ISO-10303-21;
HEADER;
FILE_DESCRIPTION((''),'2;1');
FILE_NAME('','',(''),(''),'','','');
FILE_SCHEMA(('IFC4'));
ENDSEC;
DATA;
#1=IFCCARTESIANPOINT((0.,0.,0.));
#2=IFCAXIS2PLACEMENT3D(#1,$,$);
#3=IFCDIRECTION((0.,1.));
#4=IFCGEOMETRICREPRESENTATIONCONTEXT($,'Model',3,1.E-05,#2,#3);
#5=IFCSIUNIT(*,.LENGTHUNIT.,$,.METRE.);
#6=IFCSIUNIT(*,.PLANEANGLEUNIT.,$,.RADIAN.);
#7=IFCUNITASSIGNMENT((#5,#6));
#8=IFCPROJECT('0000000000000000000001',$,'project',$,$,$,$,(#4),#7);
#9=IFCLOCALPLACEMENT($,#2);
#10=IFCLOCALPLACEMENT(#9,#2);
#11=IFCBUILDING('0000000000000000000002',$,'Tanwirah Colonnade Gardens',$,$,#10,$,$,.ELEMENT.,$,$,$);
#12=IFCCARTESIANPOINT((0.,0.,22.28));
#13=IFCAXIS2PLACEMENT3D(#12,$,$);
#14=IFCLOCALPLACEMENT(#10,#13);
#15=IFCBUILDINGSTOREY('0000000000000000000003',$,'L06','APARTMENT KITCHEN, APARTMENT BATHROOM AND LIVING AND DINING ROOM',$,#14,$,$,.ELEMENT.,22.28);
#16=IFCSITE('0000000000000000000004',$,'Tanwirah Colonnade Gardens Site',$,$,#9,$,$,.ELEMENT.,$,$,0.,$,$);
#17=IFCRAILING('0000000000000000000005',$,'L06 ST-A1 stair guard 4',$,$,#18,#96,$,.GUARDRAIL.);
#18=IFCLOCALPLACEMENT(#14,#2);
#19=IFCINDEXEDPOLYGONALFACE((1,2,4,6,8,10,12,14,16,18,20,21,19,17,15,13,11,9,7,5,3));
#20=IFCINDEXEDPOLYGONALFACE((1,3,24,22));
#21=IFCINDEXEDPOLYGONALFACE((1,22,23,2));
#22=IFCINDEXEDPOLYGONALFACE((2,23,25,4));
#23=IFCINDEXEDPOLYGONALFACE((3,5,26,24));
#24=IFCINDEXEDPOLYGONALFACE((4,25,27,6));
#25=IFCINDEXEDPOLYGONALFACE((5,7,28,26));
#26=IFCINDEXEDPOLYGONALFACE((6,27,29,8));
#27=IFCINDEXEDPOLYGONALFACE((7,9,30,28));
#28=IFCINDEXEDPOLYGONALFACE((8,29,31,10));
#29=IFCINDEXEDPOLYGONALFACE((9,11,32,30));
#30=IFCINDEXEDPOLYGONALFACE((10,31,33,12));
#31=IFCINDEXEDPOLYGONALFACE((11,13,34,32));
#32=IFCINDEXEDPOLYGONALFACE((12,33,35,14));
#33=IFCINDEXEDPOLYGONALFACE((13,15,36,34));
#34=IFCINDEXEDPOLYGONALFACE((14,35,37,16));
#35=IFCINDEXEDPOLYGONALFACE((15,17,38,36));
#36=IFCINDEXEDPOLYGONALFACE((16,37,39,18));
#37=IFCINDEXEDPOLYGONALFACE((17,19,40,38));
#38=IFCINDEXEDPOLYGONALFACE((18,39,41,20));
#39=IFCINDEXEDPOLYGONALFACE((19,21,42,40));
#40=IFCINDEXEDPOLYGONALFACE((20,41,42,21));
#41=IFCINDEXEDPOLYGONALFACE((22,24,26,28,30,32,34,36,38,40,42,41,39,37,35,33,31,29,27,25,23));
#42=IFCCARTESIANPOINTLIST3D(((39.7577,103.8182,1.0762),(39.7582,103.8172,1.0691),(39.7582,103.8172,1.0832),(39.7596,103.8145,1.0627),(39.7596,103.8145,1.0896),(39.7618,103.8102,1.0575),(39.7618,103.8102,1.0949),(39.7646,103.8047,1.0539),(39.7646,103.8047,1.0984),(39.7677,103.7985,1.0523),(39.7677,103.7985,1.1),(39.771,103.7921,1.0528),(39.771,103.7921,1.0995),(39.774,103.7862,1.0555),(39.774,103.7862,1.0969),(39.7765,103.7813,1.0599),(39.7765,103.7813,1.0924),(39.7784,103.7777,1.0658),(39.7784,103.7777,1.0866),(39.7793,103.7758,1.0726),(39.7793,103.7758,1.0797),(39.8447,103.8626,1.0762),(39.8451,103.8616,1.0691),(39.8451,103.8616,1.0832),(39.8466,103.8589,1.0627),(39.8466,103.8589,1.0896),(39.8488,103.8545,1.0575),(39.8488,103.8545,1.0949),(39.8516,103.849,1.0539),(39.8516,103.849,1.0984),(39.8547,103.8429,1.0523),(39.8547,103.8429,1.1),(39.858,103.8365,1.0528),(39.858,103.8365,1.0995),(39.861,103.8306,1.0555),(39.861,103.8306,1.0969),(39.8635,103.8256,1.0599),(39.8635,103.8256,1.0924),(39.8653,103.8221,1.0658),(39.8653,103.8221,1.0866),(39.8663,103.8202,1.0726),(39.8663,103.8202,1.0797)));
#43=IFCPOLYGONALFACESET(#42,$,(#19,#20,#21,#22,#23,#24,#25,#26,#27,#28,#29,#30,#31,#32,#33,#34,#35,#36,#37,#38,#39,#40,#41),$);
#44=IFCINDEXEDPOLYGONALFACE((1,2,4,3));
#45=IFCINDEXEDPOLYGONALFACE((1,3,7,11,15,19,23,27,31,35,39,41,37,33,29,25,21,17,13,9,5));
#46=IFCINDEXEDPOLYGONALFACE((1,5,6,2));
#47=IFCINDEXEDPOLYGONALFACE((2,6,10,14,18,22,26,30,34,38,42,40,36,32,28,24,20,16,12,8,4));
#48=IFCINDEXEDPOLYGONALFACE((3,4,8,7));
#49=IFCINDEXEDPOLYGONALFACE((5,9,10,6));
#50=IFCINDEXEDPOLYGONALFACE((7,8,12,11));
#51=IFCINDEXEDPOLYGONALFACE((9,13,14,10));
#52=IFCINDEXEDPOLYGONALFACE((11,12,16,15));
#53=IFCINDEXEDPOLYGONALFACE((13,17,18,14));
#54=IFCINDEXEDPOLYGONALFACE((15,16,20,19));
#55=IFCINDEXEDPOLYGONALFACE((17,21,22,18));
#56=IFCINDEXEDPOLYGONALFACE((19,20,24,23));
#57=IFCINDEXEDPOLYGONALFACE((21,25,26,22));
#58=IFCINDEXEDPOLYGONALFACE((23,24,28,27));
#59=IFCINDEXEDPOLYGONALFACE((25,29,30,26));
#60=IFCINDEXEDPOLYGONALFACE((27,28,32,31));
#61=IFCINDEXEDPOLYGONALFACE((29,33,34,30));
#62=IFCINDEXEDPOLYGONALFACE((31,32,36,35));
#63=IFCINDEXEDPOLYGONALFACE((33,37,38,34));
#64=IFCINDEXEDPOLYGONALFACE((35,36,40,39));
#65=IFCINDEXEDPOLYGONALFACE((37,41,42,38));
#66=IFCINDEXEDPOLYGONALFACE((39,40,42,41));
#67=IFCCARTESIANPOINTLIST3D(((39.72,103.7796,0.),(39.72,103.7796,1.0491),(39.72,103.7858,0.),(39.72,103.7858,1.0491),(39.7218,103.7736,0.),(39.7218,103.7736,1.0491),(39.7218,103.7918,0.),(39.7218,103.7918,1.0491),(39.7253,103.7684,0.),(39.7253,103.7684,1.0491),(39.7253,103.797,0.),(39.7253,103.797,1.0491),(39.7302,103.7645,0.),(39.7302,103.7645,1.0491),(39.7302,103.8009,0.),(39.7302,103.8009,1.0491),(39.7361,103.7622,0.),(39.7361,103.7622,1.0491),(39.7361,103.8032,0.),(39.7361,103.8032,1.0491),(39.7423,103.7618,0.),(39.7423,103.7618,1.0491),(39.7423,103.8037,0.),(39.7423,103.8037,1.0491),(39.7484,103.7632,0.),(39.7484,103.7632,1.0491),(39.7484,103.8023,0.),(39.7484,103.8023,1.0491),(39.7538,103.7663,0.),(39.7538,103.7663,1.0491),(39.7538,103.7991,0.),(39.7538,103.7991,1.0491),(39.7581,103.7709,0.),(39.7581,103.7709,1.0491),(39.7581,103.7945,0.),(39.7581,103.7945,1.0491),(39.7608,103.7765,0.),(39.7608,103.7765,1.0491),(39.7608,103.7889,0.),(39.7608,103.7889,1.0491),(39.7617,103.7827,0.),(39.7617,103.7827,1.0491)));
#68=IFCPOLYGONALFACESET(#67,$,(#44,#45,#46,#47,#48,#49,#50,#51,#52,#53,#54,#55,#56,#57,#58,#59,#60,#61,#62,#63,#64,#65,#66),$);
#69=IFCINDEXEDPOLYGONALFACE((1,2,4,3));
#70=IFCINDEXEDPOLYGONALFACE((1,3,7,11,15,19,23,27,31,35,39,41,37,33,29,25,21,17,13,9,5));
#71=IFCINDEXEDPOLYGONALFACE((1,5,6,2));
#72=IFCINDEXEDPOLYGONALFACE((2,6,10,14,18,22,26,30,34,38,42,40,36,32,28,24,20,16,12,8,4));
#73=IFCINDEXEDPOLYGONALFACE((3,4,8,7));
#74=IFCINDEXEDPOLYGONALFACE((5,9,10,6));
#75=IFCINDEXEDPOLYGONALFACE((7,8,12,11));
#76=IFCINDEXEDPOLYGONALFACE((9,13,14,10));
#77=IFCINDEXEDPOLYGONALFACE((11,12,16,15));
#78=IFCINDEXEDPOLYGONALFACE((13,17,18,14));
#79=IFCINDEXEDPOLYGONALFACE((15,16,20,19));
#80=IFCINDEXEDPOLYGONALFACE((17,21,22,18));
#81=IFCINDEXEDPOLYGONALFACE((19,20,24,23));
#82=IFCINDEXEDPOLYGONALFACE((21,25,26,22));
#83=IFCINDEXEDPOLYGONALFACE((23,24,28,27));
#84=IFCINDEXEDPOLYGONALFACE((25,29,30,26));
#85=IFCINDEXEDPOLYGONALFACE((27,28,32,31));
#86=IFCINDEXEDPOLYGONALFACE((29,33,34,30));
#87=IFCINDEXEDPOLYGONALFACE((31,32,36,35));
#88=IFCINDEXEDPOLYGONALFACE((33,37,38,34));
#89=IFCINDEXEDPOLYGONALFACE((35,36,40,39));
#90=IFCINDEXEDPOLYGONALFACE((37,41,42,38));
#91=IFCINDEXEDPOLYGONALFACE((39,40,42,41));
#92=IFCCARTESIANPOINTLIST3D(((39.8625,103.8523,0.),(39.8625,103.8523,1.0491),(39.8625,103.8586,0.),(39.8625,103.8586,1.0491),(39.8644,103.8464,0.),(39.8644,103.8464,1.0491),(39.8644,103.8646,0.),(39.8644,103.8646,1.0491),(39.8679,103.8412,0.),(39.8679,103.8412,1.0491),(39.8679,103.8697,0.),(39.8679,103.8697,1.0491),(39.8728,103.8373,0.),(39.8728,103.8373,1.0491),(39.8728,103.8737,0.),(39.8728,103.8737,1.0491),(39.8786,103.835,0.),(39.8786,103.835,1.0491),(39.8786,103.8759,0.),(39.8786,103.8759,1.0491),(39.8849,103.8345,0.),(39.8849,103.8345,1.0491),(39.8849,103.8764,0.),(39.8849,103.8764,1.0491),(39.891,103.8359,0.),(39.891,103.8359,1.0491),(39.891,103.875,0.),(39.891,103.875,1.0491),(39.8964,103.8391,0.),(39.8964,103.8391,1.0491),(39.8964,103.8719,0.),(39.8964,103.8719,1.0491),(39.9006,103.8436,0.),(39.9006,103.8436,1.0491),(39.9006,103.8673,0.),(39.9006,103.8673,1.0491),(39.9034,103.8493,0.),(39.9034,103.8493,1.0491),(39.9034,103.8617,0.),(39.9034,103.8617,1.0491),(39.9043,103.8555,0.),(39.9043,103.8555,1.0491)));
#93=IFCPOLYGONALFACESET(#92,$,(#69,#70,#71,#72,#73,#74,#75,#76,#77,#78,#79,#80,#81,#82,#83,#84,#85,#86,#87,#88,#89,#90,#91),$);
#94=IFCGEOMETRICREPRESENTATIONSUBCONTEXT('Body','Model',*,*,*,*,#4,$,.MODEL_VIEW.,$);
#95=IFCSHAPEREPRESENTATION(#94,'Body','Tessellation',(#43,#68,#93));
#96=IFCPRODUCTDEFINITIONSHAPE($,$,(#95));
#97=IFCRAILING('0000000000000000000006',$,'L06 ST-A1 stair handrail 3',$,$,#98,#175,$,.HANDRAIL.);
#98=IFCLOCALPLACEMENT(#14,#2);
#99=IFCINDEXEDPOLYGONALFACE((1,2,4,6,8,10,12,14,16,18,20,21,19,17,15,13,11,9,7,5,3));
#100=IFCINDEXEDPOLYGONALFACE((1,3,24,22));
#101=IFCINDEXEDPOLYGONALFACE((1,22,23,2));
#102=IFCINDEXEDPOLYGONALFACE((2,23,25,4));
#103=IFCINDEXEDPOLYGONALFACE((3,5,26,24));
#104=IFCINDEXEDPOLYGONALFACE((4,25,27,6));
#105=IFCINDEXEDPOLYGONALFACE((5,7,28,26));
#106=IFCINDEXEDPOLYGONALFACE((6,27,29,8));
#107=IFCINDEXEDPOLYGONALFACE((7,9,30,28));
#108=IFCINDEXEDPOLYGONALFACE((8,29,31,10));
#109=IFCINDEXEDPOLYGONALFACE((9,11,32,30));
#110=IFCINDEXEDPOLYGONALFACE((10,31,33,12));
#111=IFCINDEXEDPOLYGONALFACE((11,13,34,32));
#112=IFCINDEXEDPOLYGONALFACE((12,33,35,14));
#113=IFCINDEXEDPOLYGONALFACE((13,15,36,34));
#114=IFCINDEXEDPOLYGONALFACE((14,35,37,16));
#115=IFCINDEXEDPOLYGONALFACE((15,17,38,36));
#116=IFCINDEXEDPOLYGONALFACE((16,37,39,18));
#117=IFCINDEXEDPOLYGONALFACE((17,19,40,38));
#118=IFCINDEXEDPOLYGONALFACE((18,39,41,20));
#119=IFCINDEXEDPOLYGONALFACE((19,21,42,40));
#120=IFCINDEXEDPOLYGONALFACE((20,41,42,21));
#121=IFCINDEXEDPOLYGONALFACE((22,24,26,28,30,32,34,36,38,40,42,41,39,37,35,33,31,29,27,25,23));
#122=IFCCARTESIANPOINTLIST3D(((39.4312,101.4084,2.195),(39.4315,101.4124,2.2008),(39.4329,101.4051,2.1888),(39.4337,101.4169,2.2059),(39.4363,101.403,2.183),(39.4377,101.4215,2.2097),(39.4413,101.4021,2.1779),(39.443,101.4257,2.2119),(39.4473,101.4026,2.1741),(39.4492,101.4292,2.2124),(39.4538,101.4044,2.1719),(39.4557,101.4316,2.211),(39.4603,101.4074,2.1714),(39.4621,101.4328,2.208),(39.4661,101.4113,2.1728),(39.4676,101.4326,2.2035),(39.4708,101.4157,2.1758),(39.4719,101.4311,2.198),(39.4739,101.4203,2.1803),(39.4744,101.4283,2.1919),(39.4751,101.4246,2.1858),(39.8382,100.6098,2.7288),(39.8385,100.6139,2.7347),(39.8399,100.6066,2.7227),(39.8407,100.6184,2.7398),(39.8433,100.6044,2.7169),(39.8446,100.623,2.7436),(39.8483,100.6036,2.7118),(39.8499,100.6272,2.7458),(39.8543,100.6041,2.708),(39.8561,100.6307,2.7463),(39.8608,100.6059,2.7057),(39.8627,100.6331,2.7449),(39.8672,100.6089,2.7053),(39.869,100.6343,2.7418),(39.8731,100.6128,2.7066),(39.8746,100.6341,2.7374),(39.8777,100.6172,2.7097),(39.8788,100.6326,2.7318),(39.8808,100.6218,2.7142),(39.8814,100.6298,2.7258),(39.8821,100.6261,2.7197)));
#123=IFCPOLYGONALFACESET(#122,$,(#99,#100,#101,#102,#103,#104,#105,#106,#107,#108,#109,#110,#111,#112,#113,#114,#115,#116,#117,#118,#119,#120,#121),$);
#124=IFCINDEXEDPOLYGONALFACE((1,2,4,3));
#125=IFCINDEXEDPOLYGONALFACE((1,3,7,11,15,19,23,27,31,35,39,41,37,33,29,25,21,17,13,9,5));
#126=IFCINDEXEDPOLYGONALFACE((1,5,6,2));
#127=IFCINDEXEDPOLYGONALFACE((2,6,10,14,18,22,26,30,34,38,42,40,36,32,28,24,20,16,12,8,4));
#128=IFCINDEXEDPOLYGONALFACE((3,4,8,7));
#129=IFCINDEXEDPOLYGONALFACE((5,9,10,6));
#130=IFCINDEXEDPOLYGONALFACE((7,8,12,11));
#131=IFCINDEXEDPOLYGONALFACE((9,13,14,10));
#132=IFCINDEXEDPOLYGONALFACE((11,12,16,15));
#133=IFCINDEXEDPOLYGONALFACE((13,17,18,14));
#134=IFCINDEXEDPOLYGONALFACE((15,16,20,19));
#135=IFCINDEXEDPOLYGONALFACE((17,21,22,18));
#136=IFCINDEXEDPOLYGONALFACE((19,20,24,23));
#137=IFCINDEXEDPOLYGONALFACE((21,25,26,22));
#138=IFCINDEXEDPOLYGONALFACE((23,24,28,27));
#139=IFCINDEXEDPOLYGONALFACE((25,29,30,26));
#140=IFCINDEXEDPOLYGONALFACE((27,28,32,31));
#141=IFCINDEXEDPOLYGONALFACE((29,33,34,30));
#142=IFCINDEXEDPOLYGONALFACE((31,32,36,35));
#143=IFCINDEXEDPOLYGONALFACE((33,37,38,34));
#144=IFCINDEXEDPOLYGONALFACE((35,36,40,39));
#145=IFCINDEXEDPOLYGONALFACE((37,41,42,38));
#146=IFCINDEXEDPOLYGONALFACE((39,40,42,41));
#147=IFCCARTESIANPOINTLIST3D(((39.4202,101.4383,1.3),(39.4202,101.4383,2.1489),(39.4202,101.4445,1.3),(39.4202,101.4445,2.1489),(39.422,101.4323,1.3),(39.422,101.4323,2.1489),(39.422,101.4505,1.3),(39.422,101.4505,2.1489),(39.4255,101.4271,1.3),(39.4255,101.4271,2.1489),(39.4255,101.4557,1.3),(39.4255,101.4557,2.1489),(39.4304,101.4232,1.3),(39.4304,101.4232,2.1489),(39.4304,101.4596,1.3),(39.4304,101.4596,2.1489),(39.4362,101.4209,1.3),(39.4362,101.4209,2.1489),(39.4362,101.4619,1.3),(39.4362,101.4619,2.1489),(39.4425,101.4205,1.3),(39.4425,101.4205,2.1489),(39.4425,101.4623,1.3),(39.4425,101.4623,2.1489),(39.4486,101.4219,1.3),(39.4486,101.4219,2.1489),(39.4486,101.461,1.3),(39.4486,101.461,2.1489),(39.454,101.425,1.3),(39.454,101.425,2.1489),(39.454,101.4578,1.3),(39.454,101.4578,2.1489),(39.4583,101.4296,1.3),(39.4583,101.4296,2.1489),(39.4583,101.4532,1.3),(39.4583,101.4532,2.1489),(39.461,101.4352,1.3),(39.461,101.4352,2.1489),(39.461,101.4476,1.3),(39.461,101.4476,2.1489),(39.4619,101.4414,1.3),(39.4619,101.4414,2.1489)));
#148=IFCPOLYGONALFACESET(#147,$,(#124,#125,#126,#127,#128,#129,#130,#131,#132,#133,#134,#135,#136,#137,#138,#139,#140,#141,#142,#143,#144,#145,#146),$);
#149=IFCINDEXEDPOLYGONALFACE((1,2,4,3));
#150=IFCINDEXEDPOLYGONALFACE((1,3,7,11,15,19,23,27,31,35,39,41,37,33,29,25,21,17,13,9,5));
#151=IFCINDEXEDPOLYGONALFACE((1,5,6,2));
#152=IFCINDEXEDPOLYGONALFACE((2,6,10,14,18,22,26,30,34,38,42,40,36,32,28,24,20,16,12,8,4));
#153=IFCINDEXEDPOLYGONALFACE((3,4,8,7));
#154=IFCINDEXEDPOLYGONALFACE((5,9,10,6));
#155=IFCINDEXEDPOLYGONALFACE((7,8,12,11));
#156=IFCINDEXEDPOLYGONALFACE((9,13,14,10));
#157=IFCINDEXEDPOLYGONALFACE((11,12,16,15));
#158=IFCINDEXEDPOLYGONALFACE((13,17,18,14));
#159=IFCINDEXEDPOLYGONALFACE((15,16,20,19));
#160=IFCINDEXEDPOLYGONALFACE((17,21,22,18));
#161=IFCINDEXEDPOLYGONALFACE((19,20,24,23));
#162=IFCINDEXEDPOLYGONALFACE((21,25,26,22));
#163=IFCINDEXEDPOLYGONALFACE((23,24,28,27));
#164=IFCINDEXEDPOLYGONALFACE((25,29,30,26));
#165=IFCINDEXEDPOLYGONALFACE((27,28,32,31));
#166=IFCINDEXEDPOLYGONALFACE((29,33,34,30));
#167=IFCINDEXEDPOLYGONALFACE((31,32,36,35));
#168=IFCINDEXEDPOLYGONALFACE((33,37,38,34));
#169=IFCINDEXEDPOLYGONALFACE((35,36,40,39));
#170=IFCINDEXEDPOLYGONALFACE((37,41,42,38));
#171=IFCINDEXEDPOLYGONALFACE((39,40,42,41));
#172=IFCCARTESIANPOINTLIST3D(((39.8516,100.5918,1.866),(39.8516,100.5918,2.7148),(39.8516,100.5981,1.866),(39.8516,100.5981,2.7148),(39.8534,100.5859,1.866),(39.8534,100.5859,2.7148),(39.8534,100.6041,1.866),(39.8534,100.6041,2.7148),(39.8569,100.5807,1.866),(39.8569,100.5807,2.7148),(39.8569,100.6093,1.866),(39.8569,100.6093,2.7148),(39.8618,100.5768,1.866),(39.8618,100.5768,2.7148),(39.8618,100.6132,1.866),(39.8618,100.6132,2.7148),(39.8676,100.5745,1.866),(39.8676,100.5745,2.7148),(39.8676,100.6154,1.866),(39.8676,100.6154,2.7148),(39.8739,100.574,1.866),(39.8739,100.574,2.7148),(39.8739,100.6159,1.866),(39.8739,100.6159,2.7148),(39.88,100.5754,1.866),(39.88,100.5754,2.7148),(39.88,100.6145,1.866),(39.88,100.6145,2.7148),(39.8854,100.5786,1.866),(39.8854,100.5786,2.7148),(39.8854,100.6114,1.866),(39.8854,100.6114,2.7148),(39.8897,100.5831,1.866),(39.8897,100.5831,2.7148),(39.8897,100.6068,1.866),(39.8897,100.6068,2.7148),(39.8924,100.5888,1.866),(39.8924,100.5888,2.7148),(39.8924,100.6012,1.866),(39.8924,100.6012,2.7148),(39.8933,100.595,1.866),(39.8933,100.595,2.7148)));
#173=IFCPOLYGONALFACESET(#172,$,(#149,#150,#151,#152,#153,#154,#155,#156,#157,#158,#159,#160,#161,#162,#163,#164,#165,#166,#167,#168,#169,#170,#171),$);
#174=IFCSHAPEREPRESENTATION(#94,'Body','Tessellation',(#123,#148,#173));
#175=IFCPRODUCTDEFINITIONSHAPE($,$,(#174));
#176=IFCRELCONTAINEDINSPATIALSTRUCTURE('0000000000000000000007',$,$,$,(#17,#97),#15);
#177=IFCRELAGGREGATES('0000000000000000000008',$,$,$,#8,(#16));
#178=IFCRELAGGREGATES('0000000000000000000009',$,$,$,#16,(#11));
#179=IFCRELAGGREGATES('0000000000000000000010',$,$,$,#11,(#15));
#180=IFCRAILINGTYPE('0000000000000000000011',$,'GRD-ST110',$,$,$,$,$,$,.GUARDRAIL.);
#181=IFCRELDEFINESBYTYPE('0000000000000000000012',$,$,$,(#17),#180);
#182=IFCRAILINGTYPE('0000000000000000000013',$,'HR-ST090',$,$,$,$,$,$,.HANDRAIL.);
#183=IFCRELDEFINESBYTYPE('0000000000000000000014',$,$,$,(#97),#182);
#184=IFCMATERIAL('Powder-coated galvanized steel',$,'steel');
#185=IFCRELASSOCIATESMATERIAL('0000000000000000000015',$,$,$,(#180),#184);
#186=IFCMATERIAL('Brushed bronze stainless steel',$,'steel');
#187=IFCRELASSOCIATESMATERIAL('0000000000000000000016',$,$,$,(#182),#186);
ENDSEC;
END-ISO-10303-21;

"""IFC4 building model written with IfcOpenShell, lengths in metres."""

from ifc_helpers import new_model, si_unit, direction, frame, origin, origin_2d, place, context, subcontext, project, spatial, circle, extrude, material, type_object, element, save


model = new_model("IFC4")

# Units and contexts
model_context = context("Model", 3, precision=1e-05, world=origin(), true_north=direction((0.0, 1.0)))
body_context = subcontext(model_context, "Body", "Model", "MODEL_VIEW")
ifc_project = project(units=[si_unit("LENGTHUNIT", "METRE"), si_unit("PLANEANGLEUNIT", "RADIAN")], contexts=[model_context])

# Site, building, storey
site_placement = place(None, origin())
site = spatial("IfcSite", under=ifc_project, at=site_placement, Name="Tanwirah Colonnade Gardens Site", CompositionType="ELEMENT", RefElevation=0.0)
building_placement = place(site_placement, origin())
building = spatial("IfcBuilding", under=site, at=building_placement, Name="Tanwirah Colonnade Gardens", CompositionType="ELEMENT")
storey_placement = place(building_placement, frame((0.0, 0.0, 22.28)))
storey = spatial("IfcBuildingStorey", under=building, at=storey_placement, Name="L06", Description="APARTMENT KITCHEN, APARTMENT BATHROOM AND LIVING AND DINING ROOM", CompositionType="ELEMENT", Elevation=22.28)

# Railings
ifc_material_1 = material(Name="Powder-coated galvanized steel", Category="steel")
railing_type_1 = type_object("IfcRailingType", Name="GRD-ST110", PredefinedType="GUARDRAIL", material=ifc_material_1)
railing_1_placement = place(storey_placement, frame((39.7407, 103.7827, 0.0)))
element("IfcRailing", 1, at=railing_1_placement, inside=storey, type_object=railing_type_1, Name="L06 ST-A1 stair guard 4", PredefinedType="GUARDRAIL", context=body_context, shape_type="SweptSolid", body=[
    extrude(circle(Radius=0.0239, at=origin_2d()), frame((0.0278, 0.0142, 1.0762), z_axis=(0.890737, 0.45452, 0.0), x_axis=(-0.45452, 0.890737, 0.0)), (0.0, 0.0, 1.0), 0.0977),
    extrude(circle(Radius=0.021, at=origin_2d()), origin(), (0.0, 0.0, 1.0), 1.0491),
    extrude(circle(Radius=0.021, at=origin_2d()), frame((0.1426, 0.0728, 0.0)), (0.0, 0.0, 1.0), 1.0491),
])
ifc_material_2 = material(Name="Brushed bronze stainless steel", Category="steel")
railing_type_2 = type_object("IfcRailingType", Name="HR-ST090", PredefinedType="HANDRAIL", material=ifc_material_2)
railing_2_placement = place(storey_placement, frame((39.4409, 101.4414, 1.3)))
element("IfcRailing", 2, at=railing_2_placement, inside=storey, type_object=railing_type_2, Name="L06 ST-A1 stair handrail 3", PredefinedType="HANDRAIL", context=body_context, shape_type="SweptSolid", body=[
    extrude(circle(Radius=0.0239, at=origin_2d()), frame((0.0122, -0.0239, 0.8918), z_axis=(0.390118, -0.765443, 0.511767), x_axis=(0.890957, 0.454087, 0.0)), (0.0, 0.0, 1.0), 1.0432),
    extrude(circle(Radius=0.021, at=origin_2d()), origin(), (0.0, 0.0, 1.0), 0.8489),
    extrude(circle(Radius=0.021, at=origin_2d()), frame((0.4314, -0.8464, 0.5659)), (0.0, 0.0, 1.0), 0.8489),
])

save(model, "model.ifc")
